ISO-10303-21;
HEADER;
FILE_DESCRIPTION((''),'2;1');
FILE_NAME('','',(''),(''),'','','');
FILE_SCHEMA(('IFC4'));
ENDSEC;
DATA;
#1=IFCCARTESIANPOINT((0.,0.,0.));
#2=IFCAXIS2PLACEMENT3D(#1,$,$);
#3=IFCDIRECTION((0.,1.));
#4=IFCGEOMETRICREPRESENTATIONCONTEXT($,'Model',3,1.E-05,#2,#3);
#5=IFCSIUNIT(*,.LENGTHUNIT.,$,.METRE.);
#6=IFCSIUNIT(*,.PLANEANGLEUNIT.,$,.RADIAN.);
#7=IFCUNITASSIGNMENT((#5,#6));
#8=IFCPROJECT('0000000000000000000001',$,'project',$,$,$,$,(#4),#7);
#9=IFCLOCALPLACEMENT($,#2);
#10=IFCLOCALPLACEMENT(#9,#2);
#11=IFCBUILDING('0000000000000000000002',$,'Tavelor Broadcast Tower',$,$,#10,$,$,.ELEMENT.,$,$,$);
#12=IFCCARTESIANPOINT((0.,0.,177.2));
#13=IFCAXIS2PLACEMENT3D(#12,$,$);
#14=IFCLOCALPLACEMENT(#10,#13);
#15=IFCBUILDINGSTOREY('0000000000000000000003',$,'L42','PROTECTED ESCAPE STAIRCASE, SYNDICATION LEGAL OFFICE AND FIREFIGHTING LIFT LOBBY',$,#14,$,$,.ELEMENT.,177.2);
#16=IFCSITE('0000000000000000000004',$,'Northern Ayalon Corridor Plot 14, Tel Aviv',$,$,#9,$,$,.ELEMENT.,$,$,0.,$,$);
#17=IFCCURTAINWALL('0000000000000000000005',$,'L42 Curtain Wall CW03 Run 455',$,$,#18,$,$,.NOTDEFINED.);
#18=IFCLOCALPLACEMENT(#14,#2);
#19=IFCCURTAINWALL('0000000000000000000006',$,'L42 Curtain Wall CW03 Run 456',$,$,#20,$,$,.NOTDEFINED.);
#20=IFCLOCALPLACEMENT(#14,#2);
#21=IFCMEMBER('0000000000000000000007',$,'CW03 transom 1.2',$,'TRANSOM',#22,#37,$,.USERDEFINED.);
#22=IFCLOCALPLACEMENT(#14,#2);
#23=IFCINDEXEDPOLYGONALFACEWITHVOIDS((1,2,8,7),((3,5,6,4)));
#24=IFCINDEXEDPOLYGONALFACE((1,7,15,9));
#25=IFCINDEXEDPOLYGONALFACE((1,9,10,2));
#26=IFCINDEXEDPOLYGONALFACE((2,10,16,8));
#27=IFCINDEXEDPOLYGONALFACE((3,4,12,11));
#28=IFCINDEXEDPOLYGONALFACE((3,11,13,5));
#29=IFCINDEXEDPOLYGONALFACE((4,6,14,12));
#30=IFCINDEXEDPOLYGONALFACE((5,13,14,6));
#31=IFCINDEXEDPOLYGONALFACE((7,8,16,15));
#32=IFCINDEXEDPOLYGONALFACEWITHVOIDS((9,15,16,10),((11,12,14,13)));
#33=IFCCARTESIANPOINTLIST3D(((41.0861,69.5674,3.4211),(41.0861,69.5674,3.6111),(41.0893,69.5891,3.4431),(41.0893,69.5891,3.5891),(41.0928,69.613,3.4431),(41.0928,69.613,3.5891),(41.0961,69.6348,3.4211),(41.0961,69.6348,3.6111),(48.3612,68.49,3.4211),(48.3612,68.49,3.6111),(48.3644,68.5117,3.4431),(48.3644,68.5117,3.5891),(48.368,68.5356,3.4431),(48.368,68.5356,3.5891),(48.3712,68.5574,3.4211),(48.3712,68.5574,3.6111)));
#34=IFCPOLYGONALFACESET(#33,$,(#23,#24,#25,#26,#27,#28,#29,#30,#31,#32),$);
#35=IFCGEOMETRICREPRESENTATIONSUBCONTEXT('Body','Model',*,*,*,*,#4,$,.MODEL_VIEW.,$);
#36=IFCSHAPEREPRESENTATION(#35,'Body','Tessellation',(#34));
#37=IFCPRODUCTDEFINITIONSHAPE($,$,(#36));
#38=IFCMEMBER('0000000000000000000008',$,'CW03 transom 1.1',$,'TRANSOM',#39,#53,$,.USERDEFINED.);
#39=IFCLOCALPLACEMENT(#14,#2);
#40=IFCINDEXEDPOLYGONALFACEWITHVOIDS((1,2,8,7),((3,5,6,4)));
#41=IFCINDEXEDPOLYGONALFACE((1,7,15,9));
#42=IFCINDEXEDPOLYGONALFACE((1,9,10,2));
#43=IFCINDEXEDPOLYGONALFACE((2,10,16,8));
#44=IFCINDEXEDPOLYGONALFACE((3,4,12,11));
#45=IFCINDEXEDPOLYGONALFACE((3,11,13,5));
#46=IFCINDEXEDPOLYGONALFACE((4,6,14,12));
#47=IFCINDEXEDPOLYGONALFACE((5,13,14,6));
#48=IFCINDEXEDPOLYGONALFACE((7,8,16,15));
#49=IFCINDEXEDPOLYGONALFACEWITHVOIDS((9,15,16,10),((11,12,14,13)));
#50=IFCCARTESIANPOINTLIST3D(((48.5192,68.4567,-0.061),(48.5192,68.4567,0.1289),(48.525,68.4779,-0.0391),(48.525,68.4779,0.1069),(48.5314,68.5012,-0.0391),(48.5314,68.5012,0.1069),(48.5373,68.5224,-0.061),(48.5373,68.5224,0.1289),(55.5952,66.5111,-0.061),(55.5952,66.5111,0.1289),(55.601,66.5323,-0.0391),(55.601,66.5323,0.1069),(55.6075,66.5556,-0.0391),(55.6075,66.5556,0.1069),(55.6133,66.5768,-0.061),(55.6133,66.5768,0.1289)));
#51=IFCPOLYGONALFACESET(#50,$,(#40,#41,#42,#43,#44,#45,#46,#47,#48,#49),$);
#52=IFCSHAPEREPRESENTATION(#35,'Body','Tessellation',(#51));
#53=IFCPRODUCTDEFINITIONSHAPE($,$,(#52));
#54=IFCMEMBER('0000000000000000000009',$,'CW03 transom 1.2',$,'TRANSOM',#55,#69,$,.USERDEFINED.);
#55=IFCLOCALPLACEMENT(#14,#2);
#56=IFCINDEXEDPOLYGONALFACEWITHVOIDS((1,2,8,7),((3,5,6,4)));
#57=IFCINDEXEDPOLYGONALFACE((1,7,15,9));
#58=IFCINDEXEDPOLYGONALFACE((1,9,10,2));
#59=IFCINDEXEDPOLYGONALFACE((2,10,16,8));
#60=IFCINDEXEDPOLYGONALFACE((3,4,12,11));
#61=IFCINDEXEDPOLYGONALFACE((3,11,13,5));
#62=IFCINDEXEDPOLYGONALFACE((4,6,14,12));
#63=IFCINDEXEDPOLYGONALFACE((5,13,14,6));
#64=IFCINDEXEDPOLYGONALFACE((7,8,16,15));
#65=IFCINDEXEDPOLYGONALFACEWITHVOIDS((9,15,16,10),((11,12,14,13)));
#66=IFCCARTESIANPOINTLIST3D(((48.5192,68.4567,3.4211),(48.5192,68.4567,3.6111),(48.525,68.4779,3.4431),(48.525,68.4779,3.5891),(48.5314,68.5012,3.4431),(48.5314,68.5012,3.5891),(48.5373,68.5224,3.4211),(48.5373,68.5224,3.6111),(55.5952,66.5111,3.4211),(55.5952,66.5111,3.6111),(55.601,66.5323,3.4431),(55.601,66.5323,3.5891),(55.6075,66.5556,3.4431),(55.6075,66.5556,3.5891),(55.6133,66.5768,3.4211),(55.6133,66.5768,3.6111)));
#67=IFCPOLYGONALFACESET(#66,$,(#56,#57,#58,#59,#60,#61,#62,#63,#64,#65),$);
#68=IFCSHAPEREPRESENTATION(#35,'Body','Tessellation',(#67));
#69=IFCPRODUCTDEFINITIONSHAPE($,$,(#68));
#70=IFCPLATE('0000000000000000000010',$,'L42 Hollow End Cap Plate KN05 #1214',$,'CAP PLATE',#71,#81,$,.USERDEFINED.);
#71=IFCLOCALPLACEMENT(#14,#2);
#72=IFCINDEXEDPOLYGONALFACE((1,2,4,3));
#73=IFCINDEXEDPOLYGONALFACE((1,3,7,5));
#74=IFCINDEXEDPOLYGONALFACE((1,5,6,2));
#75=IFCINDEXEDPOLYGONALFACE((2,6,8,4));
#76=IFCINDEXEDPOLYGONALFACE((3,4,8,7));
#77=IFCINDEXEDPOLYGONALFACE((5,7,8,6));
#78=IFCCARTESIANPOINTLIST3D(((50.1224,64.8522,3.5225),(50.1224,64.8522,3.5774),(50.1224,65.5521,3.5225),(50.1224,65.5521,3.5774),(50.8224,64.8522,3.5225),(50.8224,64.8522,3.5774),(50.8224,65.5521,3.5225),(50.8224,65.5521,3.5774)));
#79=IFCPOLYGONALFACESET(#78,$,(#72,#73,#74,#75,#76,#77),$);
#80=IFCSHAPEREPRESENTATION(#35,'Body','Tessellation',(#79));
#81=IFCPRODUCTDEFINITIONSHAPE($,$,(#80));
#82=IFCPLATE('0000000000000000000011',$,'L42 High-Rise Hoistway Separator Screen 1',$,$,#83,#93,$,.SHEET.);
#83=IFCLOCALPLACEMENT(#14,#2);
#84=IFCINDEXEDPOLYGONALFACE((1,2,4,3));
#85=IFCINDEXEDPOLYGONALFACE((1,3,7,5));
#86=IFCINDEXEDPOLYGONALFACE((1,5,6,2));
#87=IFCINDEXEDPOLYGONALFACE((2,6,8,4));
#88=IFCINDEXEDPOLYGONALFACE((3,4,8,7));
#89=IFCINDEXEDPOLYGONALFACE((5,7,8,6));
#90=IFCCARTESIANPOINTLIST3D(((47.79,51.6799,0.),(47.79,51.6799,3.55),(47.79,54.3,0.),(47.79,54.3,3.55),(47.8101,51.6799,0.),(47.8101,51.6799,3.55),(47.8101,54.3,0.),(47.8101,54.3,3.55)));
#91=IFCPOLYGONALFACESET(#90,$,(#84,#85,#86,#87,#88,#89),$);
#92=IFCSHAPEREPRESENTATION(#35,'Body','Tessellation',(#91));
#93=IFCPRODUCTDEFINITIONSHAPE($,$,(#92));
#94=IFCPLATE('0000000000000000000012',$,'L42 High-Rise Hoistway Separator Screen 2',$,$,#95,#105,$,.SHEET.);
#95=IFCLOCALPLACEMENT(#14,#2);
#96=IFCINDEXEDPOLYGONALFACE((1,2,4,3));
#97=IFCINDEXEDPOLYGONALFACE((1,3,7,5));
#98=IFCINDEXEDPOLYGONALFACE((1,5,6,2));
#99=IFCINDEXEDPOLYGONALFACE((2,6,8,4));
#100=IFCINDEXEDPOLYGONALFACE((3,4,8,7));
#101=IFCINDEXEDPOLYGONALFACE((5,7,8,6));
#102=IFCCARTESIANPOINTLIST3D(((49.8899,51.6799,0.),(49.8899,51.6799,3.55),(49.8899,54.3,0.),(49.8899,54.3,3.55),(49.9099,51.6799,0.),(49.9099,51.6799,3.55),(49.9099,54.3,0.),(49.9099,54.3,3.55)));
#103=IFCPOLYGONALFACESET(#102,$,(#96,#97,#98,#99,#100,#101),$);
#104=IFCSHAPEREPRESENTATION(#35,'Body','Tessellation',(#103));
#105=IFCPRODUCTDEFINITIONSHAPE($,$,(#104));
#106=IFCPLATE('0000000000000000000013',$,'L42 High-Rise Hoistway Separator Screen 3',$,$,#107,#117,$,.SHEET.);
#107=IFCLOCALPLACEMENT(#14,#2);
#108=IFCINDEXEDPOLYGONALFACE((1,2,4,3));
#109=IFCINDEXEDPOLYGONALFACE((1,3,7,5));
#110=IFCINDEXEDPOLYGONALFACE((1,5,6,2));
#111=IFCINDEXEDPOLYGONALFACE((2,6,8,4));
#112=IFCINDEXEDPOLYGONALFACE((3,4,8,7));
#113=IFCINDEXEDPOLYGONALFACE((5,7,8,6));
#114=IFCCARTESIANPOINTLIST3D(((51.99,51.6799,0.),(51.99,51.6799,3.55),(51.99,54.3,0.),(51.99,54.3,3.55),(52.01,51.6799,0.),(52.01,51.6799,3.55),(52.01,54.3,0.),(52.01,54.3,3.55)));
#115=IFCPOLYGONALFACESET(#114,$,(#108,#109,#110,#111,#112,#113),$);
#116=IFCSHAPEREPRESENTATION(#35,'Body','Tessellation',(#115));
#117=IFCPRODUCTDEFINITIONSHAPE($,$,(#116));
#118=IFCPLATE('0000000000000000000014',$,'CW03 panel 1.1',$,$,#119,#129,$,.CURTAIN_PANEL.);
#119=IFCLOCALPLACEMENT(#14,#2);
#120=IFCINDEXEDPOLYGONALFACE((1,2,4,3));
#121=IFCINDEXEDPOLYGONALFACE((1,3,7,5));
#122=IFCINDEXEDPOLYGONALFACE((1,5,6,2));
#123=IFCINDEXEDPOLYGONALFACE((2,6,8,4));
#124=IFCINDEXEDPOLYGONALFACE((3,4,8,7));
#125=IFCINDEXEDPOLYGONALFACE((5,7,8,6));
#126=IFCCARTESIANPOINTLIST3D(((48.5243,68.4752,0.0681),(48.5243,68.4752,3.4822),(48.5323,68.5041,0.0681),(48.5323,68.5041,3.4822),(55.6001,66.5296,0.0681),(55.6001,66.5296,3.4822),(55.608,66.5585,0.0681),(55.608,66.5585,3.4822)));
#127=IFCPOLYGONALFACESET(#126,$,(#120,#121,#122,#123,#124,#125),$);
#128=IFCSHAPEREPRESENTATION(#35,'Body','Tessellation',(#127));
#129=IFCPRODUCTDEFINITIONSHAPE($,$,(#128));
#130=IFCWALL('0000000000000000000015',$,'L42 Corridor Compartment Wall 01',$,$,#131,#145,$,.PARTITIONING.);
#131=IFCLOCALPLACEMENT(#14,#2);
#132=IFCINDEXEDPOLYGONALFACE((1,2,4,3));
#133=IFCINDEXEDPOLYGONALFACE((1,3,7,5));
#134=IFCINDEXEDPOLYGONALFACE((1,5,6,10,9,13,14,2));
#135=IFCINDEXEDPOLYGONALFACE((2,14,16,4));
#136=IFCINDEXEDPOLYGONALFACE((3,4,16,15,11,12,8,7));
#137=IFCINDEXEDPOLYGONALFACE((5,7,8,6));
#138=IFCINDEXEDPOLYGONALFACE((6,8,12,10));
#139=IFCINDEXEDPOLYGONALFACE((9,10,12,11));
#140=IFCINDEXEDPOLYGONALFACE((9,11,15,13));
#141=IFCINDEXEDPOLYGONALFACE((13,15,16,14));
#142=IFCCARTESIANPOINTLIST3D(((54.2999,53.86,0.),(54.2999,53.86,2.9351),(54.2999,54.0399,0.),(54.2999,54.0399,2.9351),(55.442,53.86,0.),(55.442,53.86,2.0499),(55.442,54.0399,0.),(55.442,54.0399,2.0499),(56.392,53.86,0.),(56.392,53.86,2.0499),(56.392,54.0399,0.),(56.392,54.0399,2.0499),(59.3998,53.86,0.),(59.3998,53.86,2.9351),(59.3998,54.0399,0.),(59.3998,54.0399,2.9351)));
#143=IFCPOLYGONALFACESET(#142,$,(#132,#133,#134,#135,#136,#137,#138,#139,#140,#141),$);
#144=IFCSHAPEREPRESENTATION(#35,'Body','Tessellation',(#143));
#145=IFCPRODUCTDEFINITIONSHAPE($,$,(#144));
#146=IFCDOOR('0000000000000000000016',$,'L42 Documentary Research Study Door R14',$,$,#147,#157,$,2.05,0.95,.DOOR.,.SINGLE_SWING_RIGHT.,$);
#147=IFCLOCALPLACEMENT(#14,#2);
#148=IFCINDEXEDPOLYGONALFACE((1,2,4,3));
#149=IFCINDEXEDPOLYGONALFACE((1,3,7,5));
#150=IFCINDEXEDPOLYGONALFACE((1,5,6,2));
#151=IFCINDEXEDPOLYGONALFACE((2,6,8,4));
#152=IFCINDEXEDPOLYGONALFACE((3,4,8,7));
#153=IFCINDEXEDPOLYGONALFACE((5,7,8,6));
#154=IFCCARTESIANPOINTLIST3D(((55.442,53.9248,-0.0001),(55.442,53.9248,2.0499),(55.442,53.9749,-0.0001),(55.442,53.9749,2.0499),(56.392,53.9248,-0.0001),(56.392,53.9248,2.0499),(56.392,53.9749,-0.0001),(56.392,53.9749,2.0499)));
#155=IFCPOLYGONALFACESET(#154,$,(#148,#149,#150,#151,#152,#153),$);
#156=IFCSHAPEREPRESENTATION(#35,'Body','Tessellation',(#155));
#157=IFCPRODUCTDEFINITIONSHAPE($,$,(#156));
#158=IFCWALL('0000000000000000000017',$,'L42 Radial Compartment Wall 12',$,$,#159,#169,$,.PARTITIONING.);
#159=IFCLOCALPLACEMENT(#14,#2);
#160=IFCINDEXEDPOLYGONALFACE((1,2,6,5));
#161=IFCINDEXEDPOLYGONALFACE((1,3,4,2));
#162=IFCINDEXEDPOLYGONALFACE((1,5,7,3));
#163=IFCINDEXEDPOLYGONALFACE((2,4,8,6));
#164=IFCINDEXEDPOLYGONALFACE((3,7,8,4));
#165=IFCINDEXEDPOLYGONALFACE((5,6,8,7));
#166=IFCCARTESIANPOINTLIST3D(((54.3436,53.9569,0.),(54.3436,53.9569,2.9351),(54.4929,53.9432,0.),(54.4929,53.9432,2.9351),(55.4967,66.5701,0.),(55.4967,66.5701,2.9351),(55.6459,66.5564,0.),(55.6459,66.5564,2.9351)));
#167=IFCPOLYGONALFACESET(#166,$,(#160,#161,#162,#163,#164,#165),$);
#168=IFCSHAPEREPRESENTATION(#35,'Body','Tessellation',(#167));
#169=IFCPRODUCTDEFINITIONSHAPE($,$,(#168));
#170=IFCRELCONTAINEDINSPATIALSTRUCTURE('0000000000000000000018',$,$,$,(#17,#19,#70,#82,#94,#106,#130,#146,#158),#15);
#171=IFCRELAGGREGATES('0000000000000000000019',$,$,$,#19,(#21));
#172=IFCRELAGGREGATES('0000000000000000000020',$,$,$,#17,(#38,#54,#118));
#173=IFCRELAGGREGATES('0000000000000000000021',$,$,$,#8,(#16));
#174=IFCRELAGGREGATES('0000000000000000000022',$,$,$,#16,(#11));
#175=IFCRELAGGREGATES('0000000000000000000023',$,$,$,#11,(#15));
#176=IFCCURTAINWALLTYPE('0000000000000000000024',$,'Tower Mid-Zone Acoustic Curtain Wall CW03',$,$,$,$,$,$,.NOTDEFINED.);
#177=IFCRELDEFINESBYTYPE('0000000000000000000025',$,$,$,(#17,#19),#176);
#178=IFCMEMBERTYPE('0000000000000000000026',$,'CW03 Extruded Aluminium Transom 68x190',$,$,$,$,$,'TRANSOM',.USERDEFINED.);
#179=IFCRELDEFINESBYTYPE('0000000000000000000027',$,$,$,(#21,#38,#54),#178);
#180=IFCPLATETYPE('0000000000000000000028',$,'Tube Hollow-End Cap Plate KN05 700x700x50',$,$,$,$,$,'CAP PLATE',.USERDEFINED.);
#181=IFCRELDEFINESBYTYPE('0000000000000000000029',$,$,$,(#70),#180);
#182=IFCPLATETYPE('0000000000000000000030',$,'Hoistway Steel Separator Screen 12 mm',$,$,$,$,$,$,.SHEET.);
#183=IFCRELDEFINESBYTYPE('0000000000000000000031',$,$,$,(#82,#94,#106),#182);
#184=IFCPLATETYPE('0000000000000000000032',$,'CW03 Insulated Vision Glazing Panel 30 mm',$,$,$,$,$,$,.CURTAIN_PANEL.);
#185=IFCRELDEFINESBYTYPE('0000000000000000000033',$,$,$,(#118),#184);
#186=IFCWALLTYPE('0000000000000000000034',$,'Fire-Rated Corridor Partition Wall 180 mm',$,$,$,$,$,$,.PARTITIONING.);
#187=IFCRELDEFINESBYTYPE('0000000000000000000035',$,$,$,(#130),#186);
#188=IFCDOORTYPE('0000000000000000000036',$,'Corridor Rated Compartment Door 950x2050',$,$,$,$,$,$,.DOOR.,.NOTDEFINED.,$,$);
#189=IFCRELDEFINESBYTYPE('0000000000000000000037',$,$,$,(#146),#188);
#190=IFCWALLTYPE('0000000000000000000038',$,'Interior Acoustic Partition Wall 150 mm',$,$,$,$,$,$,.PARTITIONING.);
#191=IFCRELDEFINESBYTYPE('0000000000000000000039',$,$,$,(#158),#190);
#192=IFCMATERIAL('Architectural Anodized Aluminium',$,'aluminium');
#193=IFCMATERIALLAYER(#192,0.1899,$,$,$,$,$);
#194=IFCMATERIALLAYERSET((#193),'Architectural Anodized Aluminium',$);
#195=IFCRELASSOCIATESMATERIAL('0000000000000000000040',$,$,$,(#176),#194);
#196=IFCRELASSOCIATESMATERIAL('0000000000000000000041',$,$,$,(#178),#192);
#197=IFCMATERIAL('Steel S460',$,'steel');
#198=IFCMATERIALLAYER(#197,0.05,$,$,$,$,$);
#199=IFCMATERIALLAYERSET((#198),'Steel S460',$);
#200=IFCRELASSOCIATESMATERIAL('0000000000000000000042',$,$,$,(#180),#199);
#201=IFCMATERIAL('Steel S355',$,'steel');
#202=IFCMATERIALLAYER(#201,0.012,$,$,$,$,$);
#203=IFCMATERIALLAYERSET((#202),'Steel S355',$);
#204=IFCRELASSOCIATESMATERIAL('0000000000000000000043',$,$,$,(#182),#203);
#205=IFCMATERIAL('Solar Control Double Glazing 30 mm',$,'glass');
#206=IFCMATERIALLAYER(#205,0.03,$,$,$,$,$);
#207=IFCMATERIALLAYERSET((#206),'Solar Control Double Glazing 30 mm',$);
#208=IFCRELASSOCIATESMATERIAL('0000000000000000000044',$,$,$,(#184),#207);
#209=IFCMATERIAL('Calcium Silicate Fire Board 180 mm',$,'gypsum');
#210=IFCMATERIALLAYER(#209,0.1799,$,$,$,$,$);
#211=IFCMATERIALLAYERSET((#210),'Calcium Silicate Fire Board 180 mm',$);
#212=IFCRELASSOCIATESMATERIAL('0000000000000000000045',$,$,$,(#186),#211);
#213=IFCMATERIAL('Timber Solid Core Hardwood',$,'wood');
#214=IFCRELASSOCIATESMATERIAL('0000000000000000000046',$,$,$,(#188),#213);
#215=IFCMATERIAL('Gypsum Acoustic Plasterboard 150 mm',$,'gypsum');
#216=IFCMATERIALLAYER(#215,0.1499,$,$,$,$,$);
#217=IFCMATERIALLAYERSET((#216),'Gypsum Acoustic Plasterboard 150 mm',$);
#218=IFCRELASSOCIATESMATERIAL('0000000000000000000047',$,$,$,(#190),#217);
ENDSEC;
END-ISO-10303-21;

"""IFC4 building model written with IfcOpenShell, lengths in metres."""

from ifc_helpers import new_model, si_unit, direction, frame, frame_2d, origin, origin_2d, place, context, subcontext, project, spatial, rectangle, hollow_rectangle, extrude, source, transform, mapped, material, layer, layer_set, material_profile, profile_set, type_object, type_shapes, element, fill, aggregate, save


model = new_model("IFC4")

# Units and contexts
model_context = context("Model", 3, precision=1e-05, world=origin(), true_north=direction((0.0, 1.0)))
body_context = subcontext(model_context, "Body", "Model", "MODEL_VIEW")
ifc_project = project(units=[si_unit("LENGTHUNIT", "METRE"), si_unit("PLANEANGLEUNIT", "RADIAN")], contexts=[model_context])

# Site, building, storey
site_placement = place(None, origin())
site = spatial("IfcSite", under=ifc_project, at=site_placement, Name="Northern Ayalon Corridor Plot 14, Tel Aviv", CompositionType="ELEMENT", RefElevation=0.0)
building_placement = place(site_placement, origin())
building = spatial("IfcBuilding", under=site, at=building_placement, Name="Tavelor Broadcast Tower", CompositionType="ELEMENT")
storey_placement = place(building_placement, frame((0.0, 0.0, 177.2)))
storey = spatial("IfcBuildingStorey", under=building, at=storey_placement, Name="L42", Description="PROTECTED ESCAPE STAIRCASE, SYNDICATION LEGAL OFFICE AND FIREFIGHTING LIFT LOBBY", CompositionType="ELEMENT", Elevation=177.2)

# Shared definitions
ifc_material_1 = material(Name="Steel S460", Category="steel")

# Shared definitions
ifc_material_2 = material(Name="Steel S355", Category="steel")

# Shared definitions
ifc_material_3 = material(Name="Architectural Anodized Aluminium", Category="aluminium")
ifc_layer_1 = layer(ifc_material_3, 0.1899)
ifc_layer_set_1 = layer_set([ifc_layer_1], Name="Architectural Anodized Aluminium")
curtain_wall_type = type_object("IfcCurtainWallType", Name="Tower Mid-Zone Acoustic Curtain Wall CW03", PredefinedType="NOTDEFINED", material=ifc_layer_set_1)

# Curtain walls, member
curtain_wall_1_placement = place(storey_placement, origin())
curtain_wall_1 = element("IfcCurtainWall", 1, at=curtain_wall_1_placement, inside=storey, type_object=curtain_wall_type, Name="L42 Curtain Wall CW03 Run 455", PredefinedType="NOTDEFINED")
curtain_wall_2_placement = place(storey_placement, origin())
curtain_wall_2 = element("IfcCurtainWall", 2, at=curtain_wall_2_placement, inside=storey, type_object=curtain_wall_type, Name="L42 Curtain Wall CW03 Run 456", PredefinedType="NOTDEFINED")
ifc_material_profile_1 = material_profile(ifc_material_3, hollow_rectangle(XDim=0.0681, YDim=0.1899, WallThickness=0.022, at=origin_2d()), Name="RHS 68x190x22")
ifc_profile_set_1 = profile_set([ifc_material_profile_1], Name="Architectural Anodized Aluminium")
member_type_1 = type_object("IfcMemberType", Name="CW03 Extruded Aluminium Transom 68x190", ElementType="TRANSOM", PredefinedType="USERDEFINED", material=ifc_profile_set_1)
shared_shape_1 = source(origin(), body_context, "Body", "SweptSolid", [
    extrude(hollow_rectangle(XDim=0.0681, YDim=0.1899, WallThickness=0.022, at=origin_2d()), origin(), (0.0, 0.0, 1.0), 7.3545),
])
member_1_placement = place(storey_placement, frame((48.3662, 68.5237, 3.5161), z_axis=(-0.989211, 0.146495, 0.0), x_axis=(-0.146495, -0.989211, 0.0)))
member_1 = element("IfcMember", 3, at=member_1_placement, type_object=member_type_1, Name="CW03 transom 1.2", ObjectType="TRANSOM", PredefinedType="USERDEFINED", context=body_context, shape_type="MappedRepresentation", body=[
    mapped(shared_shape_1, transform((0.0, 0.0, 0.0), scale=1.0)),
])
aggregate(curtain_wall_2, [member_1])

# Members
shared_shape_2 = source(origin(), body_context, "Body", "SweptSolid", [
    extrude(hollow_rectangle(XDim=0.0681, YDim=0.1899, WallThickness=0.022, at=origin_2d()), origin(), (0.0, 0.0, 1.0), 7.3386),
])
type_shapes(member_type_1, [shared_shape_1, shared_shape_2])
member_2_placement = place(storey_placement, frame((55.6042, 66.5439, 0.0339), z_axis=(-0.964217, 0.265116, 0.0), x_axis=(-0.265116, -0.964217, 0.0)))
member_2 = element("IfcMember", 4, at=member_2_placement, type_object=member_type_1, Name="CW03 transom 1.1", ObjectType="TRANSOM", PredefinedType="USERDEFINED", context=body_context, shape_type="MappedRepresentation", body=[
    mapped(shared_shape_2, transform((0.0, 0.0, 0.0), scale=1.0)),
])
member_3_placement = place(storey_placement, frame((55.6042, 66.5439, 3.5161), z_axis=(-0.964217, 0.265116, 0.0), x_axis=(-0.265116, -0.964217, 0.0)))
member_3 = element("IfcMember", 5, at=member_3_placement, type_object=member_type_1, Name="CW03 transom 1.2", ObjectType="TRANSOM", PredefinedType="USERDEFINED", context=body_context, shape_type="MappedRepresentation", body=[
    mapped(shared_shape_2, transform((0.0, 0.0, 0.0), scale=1.0)),
])

# Plates
ifc_layer_2 = layer(ifc_material_1, 0.05)
ifc_layer_set_2 = layer_set([ifc_layer_2], Name="Steel S460")
plate_type_1 = type_object("IfcPlateType", Name="Tube Hollow-End Cap Plate KN05 700x700x50", ElementType="CAP PLATE", PredefinedType="USERDEFINED", material=ifc_layer_set_2)
shared_shape_3 = source(origin(), body_context, "Body", "SweptSolid", [
    extrude(rectangle(XDim=0.7, YDim=0.7, at=origin_2d()), origin(), (0.0, 0.0, 1.0), 0.0549),
])
type_shapes(plate_type_1, [shared_shape_3])
plate_1_placement = place(storey_placement, frame((50.4724, 65.2021, 3.5225), z_axis=(0.0, 0.0, 1.0), x_axis=(1.0, 0.0, 0.0)))
element("IfcPlate", 6, at=plate_1_placement, inside=storey, type_object=plate_type_1, Name="L42 Hollow End Cap Plate KN05 #1214", ObjectType="CAP PLATE", PredefinedType="USERDEFINED", context=body_context, shape_type="MappedRepresentation", body=[
    mapped(shared_shape_3, transform((0.0, 0.0, 0.0), scale=1.0)),
])
ifc_layer_3 = layer(ifc_material_2, 0.012)
ifc_layer_set_3 = layer_set([ifc_layer_3], Name="Steel S355")
plate_type_2 = type_object("IfcPlateType", Name="Hoistway Steel Separator Screen 12 mm", PredefinedType="SHEET", material=ifc_layer_set_3)
shared_shape_4 = source(origin(), body_context, "Body", "SweptSolid", [
    extrude(rectangle(XDim=0.02, YDim=2.6201, at=origin_2d()), origin(), (0.0, 0.0, 1.0), 3.55),
])
type_shapes(plate_type_2, [shared_shape_4])
for number, where, z_axis, x_axis, name in (
    (7, (47.8, 52.99, 0.0), (0.0, 0.0, 1.0), (1.0, 0.0, 0.0), "L42 High-Rise Hoistway Separator Screen 1"),
    (8, (49.8999, 52.99, 0.0), (0.0, 0.0, 1.0), (1.0, 0.0, 0.0), "L42 High-Rise Hoistway Separator Screen 2"),
    (9, (52.0, 52.99, 0.0), (0.0, 0.0, 1.0), (1.0, 0.0, 0.0), "L42 High-Rise Hoistway Separator Screen 3"),
):
    element("IfcPlate", number, at=place(storey_placement, frame(where, z_axis=z_axis, x_axis=x_axis)), inside=storey, type_object=plate_type_2, Name=name, PredefinedType="SHEET", context=body_context, shape_type="MappedRepresentation", body=[
        mapped(shared_shape_4, transform((0.0, 0.0, 0.0), scale=1.0)),
    ])

# Plate
ifc_material_4 = material(Name="Solar Control Double Glazing 30 mm", Category="glass")
ifc_layer_4 = layer(ifc_material_4, 0.03)
ifc_layer_set_4 = layer_set([ifc_layer_4], Name="Solar Control Double Glazing 30 mm")
plate_type_3 = type_object("IfcPlateType", Name="CW03 Insulated Vision Glazing Panel 30 mm", PredefinedType="CURTAIN_PANEL", material=ifc_layer_set_4)
shared_shape_5 = source(origin(), body_context, "Body", "SweptSolid", [
    extrude(rectangle(XDim=7.3384, YDim=0.03, at=origin_2d()), origin(), (0.0, 0.0, 1.0), 3.4141),
])
type_shapes(plate_type_3, [shared_shape_5])
plate_2_placement = place(storey_placement, frame((52.0662, 67.5168, 0.0681), z_axis=(0.0, 0.0, 1.0), x_axis=(-0.964213, 0.265128, 0.0)))
plate_2 = element("IfcPlate", 10, at=plate_2_placement, type_object=plate_type_3, Name="CW03 panel 1.1", PredefinedType="CURTAIN_PANEL", context=body_context, shape_type="MappedRepresentation", body=[
    mapped(shared_shape_5, transform((0.0, 0.0, 0.0), scale=1.0)),
])
aggregate(curtain_wall_1, [member_2, member_3, plate_2])

# Wall, opening, door
ifc_material_5 = material(Name="Calcium Silicate Fire Board 180 mm", Category="gypsum")
ifc_layer_5 = layer(ifc_material_5, 0.1799)
ifc_layer_set_5 = layer_set([ifc_layer_5], Name="Calcium Silicate Fire Board 180 mm")
wall_type_1 = type_object("IfcWallType", Name="Fire-Rated Corridor Partition Wall 180 mm", PredefinedType="PARTITIONING", material=ifc_layer_set_5)
wall_1_placement = place(storey_placement, frame((54.3, 53.95, 0.0), z_axis=(0.0, 0.0, 1.0), x_axis=(1.0, 0.0, 0.0)))
wall_1 = element("IfcWall", 11, at=wall_1_placement, inside=storey, type_object=wall_type_1, Name="L42 Corridor Compartment Wall 01", PredefinedType="PARTITIONING", context=body_context, shape_type="SweptSolid", body=[
    extrude(rectangle(XDim=5.0999, YDim=0.1799, at=frame_2d((2.5498, 0.0))), origin(), (0.0, 0.0, 1.0), 2.9351),
])
opening_1_placement = place(wall_1_placement, frame((1.1418, 0.0, 0.0)))
opening_1 = element("IfcOpeningElement", 12, at=opening_1_placement, cuts=wall_1, PredefinedType="OPENING", context=body_context, shape_type="SweptSolid", body=[
    extrude(rectangle(XDim=0.95, YDim=2.05, at=frame_2d((0.4751, 1.0249))), frame((0.0, 0.1001, 0.0), z_axis=(0.0, -1.0, 0.0), x_axis=(1.0, 0.0, 0.0)), (0.0, 0.0, 1.0), 0.2),
])
ifc_material_6 = material(Name="Timber Solid Core Hardwood", Category="wood")
door_type = type_object("IfcDoorType", Name="Corridor Rated Compartment Door 950x2050", OperationType="NOTDEFINED", PredefinedType="DOOR", material=ifc_material_6)
door_1_placement = place(opening_1_placement, origin())
door_1 = element("IfcDoor", 13, at=door_1_placement, inside=storey, type_object=door_type, Name="L42 Documentary Research Study Door R14", OperationType="SINGLE_SWING_RIGHT", OverallHeight=2.05, OverallWidth=0.95, PredefinedType="DOOR", context=body_context, shape_type="SweptSolid", body=[
    extrude(rectangle(XDim=0.95, YDim=2.05, at=frame_2d((0.4751, 1.0249))), frame((0.0, 0.0249, 0.0), z_axis=(0.0, -1.0, 0.0), x_axis=(1.0, 0.0, 0.0)), (0.0, 0.0, 1.0), 0.05),
])
fill(opening_1, door_1)

# Wall
ifc_material_7 = material(Name="Gypsum Acoustic Plasterboard 150 mm", Category="gypsum")
ifc_layer_6 = layer(ifc_material_7, 0.1499)
ifc_layer_set_6 = layer_set([ifc_layer_6], Name="Gypsum Acoustic Plasterboard 150 mm")
wall_type_2 = type_object("IfcWallType", Name="Interior Acoustic Partition Wall 150 mm", PredefinedType="PARTITIONING", material=ifc_layer_set_6)
wall_2_placement = place(storey_placement, frame((54.4182, 53.95, 0.0), z_axis=(0.0, 0.0, 1.0), x_axis=(0.091038, 0.995847, 0.0)))
element("IfcWall", 14, at=wall_2_placement, inside=storey, type_object=wall_type_2, Name="L42 Radial Compartment Wall 12", PredefinedType="PARTITIONING", context=body_context, shape_type="SweptSolid", body=[
    extrude(rectangle(XDim=12.6658, YDim=0.1499, at=frame_2d((6.333, 0.0))), origin(), (0.0, 0.0, 1.0), 2.9351),
])

save(model, "model.ifc")
